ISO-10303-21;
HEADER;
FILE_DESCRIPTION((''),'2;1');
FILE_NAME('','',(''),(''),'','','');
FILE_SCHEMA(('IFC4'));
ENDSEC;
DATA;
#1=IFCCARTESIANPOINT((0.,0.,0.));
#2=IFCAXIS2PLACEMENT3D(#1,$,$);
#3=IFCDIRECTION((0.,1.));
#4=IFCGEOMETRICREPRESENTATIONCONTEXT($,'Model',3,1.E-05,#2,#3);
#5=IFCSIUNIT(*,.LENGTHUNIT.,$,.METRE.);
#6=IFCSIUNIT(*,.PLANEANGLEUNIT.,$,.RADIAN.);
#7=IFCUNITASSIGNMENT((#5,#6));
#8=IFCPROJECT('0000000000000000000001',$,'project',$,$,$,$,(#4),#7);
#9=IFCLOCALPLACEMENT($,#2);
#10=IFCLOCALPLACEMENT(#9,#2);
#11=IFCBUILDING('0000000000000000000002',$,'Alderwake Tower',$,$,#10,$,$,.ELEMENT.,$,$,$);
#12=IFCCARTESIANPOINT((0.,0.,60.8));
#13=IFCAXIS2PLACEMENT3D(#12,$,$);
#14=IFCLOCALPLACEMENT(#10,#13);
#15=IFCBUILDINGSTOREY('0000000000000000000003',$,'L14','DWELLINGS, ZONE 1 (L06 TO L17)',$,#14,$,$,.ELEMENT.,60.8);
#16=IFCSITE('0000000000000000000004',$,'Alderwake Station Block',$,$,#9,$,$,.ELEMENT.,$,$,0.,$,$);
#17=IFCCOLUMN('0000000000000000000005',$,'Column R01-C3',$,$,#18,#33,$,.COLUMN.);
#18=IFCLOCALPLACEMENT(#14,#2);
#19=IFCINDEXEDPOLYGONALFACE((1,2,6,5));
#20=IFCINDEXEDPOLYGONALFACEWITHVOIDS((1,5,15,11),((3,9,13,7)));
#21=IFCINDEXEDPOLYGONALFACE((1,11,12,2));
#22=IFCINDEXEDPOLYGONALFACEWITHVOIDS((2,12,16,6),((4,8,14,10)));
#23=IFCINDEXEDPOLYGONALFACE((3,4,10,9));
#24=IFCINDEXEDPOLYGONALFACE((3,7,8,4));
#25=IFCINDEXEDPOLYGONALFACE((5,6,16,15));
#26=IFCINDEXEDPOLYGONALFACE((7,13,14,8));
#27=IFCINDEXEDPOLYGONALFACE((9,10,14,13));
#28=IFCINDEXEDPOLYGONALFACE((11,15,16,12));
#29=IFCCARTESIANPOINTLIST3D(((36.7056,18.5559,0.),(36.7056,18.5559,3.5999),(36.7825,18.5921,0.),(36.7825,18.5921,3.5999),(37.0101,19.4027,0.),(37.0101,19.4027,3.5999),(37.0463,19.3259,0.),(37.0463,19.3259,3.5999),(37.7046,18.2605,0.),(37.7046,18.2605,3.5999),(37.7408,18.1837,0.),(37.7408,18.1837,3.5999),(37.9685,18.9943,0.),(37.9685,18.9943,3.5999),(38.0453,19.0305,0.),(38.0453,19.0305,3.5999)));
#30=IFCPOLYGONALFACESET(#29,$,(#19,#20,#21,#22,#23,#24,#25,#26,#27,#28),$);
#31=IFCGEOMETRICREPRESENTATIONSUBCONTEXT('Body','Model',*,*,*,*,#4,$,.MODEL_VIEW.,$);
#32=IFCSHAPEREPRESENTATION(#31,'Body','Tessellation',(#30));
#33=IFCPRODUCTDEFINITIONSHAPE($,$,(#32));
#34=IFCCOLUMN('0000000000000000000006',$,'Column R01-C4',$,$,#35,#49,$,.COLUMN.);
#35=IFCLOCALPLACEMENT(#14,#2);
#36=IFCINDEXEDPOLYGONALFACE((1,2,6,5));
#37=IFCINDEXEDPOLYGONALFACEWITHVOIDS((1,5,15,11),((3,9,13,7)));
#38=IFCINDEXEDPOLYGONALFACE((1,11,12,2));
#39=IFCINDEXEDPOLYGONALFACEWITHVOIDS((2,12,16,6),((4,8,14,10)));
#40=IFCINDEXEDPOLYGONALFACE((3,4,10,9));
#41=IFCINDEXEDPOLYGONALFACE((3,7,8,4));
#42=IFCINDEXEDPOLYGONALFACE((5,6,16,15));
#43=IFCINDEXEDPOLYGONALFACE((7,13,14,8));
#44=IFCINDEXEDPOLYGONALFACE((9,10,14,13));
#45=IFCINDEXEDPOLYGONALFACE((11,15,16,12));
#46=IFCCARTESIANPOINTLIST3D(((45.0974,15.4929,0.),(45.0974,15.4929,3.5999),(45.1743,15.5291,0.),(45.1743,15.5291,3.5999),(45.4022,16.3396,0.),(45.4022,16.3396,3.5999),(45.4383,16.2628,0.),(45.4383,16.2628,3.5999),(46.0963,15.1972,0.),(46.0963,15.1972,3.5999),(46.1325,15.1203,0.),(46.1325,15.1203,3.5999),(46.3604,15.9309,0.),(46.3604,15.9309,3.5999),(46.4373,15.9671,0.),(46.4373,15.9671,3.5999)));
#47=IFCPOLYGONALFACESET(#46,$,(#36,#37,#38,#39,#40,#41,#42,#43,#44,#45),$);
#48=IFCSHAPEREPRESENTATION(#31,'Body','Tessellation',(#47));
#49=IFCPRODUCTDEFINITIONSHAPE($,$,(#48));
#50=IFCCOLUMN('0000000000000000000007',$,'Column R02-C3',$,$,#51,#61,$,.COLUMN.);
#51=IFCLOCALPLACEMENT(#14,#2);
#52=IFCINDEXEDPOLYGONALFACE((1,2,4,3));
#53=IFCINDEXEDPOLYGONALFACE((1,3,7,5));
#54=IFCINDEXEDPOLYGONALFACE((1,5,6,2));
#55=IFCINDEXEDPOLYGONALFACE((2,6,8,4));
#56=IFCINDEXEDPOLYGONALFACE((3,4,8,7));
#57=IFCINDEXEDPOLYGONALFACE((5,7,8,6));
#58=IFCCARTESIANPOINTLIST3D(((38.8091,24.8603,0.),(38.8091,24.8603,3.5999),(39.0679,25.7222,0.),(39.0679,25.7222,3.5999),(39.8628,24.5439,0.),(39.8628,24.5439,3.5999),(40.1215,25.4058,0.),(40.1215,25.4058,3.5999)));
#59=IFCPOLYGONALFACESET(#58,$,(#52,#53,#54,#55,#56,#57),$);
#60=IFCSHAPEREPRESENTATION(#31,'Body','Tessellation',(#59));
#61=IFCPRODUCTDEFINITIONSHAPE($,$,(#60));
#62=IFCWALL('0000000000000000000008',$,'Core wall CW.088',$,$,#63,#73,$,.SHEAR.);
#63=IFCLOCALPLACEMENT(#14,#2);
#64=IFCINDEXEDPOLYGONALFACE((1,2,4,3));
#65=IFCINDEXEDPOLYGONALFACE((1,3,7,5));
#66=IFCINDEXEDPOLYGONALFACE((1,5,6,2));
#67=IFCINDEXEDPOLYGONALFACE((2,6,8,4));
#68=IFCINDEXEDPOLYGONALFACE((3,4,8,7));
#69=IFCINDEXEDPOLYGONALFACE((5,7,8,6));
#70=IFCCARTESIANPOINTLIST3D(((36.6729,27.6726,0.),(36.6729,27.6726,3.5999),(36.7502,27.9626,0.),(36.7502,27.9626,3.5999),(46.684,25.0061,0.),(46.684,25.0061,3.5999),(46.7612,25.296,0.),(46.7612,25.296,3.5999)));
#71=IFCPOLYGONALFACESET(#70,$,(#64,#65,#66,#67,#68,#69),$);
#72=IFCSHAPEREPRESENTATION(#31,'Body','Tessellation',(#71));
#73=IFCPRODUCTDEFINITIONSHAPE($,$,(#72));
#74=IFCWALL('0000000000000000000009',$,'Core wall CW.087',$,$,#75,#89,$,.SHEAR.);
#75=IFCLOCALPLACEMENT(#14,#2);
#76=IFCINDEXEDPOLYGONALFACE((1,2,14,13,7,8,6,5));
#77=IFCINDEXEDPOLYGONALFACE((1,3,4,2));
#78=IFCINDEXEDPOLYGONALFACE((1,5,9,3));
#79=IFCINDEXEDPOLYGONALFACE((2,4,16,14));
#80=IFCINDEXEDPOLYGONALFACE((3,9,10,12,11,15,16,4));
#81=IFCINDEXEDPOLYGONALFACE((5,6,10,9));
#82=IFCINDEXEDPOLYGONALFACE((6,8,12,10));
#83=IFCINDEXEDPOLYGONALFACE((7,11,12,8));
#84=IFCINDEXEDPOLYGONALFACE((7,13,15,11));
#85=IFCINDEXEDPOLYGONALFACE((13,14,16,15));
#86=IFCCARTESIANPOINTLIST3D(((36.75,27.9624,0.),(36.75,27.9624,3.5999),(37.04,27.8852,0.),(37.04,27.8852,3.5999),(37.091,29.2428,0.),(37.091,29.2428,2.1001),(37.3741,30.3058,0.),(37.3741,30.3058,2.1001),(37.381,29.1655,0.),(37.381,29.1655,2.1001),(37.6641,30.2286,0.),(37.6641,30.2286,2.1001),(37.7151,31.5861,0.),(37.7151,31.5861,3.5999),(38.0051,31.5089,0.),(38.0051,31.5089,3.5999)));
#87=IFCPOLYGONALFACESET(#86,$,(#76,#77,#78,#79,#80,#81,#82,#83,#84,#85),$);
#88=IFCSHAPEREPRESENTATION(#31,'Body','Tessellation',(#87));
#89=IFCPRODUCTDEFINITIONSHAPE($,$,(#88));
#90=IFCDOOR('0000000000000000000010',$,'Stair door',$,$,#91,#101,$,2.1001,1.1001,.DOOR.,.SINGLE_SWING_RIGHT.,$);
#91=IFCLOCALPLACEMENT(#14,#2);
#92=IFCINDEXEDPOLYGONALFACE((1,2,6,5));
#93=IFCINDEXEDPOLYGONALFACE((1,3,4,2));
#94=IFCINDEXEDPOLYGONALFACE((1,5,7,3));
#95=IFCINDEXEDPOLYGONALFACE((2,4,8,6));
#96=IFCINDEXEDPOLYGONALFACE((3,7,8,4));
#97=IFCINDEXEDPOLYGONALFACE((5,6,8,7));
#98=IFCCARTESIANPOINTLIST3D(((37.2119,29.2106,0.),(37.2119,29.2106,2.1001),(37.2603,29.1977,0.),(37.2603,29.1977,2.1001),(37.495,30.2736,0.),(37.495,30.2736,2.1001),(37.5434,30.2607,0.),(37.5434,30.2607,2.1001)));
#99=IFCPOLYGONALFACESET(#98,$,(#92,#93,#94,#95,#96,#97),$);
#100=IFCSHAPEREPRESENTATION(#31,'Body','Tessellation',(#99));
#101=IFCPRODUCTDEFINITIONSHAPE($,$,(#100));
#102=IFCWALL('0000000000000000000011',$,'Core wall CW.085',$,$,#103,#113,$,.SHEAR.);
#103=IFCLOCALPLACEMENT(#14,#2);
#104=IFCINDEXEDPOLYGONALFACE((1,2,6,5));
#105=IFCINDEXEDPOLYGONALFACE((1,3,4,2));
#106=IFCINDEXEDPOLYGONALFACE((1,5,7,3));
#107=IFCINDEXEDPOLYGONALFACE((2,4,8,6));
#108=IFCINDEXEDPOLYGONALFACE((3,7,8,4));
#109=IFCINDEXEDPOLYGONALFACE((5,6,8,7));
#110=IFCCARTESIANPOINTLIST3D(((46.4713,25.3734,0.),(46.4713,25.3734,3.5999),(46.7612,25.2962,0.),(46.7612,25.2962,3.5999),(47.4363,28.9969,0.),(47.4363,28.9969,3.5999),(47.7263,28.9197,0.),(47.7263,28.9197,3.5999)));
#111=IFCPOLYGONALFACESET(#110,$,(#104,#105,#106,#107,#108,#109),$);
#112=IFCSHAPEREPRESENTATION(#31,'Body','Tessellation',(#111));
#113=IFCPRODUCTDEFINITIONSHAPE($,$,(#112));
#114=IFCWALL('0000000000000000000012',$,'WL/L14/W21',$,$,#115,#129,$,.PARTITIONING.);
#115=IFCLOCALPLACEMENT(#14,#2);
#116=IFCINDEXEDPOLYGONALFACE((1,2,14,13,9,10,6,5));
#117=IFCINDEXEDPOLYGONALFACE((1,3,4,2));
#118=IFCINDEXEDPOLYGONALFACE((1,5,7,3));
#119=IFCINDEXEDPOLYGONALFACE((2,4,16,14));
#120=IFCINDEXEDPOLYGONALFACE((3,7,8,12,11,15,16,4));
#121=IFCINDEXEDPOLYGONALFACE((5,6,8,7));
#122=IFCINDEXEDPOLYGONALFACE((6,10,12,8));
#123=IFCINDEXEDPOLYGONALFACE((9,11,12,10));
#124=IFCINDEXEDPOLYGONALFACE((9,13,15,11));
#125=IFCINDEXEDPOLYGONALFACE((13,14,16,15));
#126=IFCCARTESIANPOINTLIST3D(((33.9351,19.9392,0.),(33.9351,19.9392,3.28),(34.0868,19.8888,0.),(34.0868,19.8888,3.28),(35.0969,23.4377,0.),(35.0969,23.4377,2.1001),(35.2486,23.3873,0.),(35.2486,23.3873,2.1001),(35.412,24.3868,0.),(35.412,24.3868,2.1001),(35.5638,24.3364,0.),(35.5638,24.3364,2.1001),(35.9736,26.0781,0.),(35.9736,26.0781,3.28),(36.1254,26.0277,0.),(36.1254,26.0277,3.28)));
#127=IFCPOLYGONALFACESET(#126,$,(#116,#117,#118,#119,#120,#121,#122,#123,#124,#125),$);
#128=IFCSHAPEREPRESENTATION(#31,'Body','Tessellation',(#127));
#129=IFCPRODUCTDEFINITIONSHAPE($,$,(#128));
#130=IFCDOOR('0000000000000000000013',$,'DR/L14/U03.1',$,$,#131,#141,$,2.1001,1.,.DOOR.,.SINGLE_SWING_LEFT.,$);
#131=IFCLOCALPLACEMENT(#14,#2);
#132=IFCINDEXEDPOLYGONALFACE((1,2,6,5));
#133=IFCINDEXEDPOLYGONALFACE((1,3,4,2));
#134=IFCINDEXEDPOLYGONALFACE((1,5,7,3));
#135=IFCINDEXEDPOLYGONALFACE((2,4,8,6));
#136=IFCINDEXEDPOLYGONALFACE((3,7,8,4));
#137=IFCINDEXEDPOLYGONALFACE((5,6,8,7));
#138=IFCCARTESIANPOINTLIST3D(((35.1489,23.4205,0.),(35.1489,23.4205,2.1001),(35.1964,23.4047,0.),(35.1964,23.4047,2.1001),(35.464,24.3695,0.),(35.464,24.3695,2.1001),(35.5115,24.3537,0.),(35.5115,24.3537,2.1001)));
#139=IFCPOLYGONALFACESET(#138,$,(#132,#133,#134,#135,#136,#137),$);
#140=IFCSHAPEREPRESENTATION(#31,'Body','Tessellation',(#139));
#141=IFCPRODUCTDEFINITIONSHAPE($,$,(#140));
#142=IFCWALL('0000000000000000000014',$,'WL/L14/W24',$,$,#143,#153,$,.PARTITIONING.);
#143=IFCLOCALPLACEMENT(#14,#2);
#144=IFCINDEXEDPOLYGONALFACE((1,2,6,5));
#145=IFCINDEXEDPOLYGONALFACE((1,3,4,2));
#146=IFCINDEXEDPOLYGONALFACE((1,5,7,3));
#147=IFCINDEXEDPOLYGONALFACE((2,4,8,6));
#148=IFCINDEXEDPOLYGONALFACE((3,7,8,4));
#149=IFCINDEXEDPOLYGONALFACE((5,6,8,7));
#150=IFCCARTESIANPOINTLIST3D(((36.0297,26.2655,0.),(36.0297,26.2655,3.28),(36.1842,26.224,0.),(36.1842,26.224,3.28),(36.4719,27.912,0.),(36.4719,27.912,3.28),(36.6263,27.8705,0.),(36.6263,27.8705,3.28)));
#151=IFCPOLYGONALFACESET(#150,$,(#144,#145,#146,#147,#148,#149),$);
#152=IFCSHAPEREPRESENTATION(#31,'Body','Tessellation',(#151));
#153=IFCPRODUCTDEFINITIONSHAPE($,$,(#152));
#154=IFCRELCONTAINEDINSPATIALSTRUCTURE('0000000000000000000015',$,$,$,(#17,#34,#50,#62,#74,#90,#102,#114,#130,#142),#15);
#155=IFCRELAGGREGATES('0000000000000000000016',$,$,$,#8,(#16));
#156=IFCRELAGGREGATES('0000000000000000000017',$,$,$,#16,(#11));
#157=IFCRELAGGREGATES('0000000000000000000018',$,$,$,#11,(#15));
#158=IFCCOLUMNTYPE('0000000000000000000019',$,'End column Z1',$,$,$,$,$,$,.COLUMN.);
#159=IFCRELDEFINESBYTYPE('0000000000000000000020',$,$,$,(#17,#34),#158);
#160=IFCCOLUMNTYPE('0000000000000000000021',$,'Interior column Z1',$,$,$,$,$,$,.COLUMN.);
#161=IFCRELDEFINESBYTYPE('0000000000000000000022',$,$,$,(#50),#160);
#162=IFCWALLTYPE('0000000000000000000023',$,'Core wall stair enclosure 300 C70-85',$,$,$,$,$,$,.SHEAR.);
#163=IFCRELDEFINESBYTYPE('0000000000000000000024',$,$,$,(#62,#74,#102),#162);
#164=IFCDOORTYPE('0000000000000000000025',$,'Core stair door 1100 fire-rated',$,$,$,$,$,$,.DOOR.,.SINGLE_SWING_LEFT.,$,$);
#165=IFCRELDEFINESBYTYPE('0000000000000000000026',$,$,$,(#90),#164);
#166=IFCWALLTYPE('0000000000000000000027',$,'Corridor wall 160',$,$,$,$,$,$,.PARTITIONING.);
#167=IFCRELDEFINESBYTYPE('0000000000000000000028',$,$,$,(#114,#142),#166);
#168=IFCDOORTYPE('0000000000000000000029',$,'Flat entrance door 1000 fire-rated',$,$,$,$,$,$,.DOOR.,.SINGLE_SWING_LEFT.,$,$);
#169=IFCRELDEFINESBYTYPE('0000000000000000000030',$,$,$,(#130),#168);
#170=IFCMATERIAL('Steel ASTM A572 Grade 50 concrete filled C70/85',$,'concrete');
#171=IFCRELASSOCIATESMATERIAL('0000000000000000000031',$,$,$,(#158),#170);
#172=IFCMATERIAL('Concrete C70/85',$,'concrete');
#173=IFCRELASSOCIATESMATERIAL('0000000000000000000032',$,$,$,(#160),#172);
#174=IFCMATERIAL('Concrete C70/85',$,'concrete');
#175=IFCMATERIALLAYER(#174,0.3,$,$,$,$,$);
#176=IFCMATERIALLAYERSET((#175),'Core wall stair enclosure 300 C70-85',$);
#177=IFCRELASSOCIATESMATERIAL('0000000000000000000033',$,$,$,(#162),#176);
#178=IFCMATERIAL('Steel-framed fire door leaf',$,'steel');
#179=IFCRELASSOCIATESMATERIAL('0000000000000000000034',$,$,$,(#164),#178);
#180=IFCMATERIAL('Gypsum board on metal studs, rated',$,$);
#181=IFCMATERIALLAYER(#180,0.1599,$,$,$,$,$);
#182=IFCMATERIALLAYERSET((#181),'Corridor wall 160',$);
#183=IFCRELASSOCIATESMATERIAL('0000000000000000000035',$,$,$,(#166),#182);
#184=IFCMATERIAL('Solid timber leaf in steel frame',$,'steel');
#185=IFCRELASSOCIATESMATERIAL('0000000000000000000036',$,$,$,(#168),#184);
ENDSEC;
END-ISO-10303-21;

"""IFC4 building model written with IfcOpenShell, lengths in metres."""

from ifc_helpers import new_model, si_unit, direction, frame, frame_2d, origin, origin_2d, place, context, subcontext, project, spatial, rectangle, hollow_rectangle, extrude, material, layer, layer_set, material_profile, profile_set, type_object, element, fill, save


model = new_model("IFC4")

# Units and contexts
model_context = context("Model", 3, precision=1e-05, world=origin(), true_north=direction((0.0, 1.0)))
body_context = subcontext(model_context, "Body", "Model", "MODEL_VIEW")
ifc_project = project(units=[si_unit("LENGTHUNIT", "METRE"), si_unit("PLANEANGLEUNIT", "RADIAN")], contexts=[model_context])

# Site, building, storey
site_placement = place(None, origin())
site = spatial("IfcSite", under=ifc_project, at=site_placement, Name="Alderwake Station Block", CompositionType="ELEMENT", RefElevation=0.0)
building_placement = place(site_placement, origin())
building = spatial("IfcBuilding", under=site, at=building_placement, Name="Alderwake Tower", CompositionType="ELEMENT")
storey_placement = place(building_placement, frame((0.0, 0.0, 60.8)))
storey = spatial("IfcBuildingStorey", under=building, at=storey_placement, Name="L14", Description="DWELLINGS, ZONE 1 (L06 TO L17)", CompositionType="ELEMENT", Elevation=60.8)

# Columns
ifc_material_1 = material(Name="Steel ASTM A572 Grade 50 concrete filled C70/85", Category="concrete")
ifc_material_profile_1 = material_profile(ifc_material_1, hollow_rectangle(XDim=0.8999, YDim=1.1001, WallThickness=0.0601, at=origin_2d()), Name="BOX 1100X900X60")
ifc_profile_set_1 = profile_set([ifc_material_profile_1], Name="Steel ASTM A572 Grade 50 concrete filled C70/85")
column_type_1 = type_object("IfcColumnType", Name="End column Z1", PredefinedType="COLUMN", material=ifc_profile_set_1)
for number, where, z_axis, x_axis, name in (
    (1, (37.3755, 18.7932, 0.0), (0.0, 0.0, 1.0), (0.338375, 0.941011, 0.0), "Column R01-C3"),
    (2, (45.7673, 15.73, 0.0), (0.0, 0.0, 1.0), (0.338677, 0.940903, 0.0), "Column R01-C4"),
):
    element("IfcColumn", number, at=place(storey_placement, frame(where, z_axis=z_axis, x_axis=x_axis)), inside=storey, type_object=column_type_1, Name=name, PredefinedType="COLUMN", context=body_context, shape_type="SweptSolid", body=[
        extrude(hollow_rectangle(XDim=0.8999, YDim=1.1001, WallThickness=0.0601, at=origin_2d()), origin(), (0.0, 0.0, 1.0), 3.5999),
    ])
ifc_material_2 = material(Name="Concrete C70/85", Category="concrete")
ifc_material_profile_2 = material_profile(ifc_material_2, rectangle(XDim=0.8999, YDim=1.1001, at=origin_2d()), Name="RC 1100X900")
ifc_profile_set_2 = profile_set([ifc_material_profile_2], Name="Concrete C70/85")
column_type_2 = type_object("IfcColumnType", Name="Interior column Z1", PredefinedType="COLUMN", material=ifc_profile_set_2)
column_placement = place(storey_placement, frame((39.4653, 25.1331, 0.0), z_axis=(0.0, 0.0, 1.0), x_axis=(0.287549, 0.957766, 0.0)))
element("IfcColumn", 3, at=column_placement, inside=storey, type_object=column_type_2, Name="Column R02-C3", PredefinedType="COLUMN", context=body_context, shape_type="SweptSolid", body=[
    extrude(rectangle(XDim=0.8999, YDim=1.1001, at=origin_2d()), origin(), (0.0, 0.0, 1.0), 3.5999),
])

# Wall
ifc_material_3 = material(Name="Concrete C70/85", Category="concrete")
ifc_layer_1 = layer(ifc_material_3, 0.3)
ifc_layer_set_1 = layer_set([ifc_layer_1], Name="Core wall stair enclosure 300 C70-85")
wall_type_1 = type_object("IfcWallType", Name="Core wall stair enclosure 300 C70-85", PredefinedType="SHEAR", material=ifc_layer_set_1)
wall_1_placement = place(storey_placement, frame((36.7114, 27.8176, 0.0), z_axis=(0.0, 0.0, 1.0), x_axis=(0.966309, -0.257384, 0.0)))
element("IfcWall", 4, at=wall_1_placement, inside=storey, type_object=wall_type_1, Name="Core wall CW.088", PredefinedType="SHEAR", context=body_context, shape_type="SweptSolid", body=[
    extrude(rectangle(XDim=10.3601, YDim=0.3, at=frame_2d((5.1802, 0.0))), origin(), (0.0, 0.0, 1.0), 3.5999),
])

# Wall, opening, door
wall_2_placement = place(storey_placement, frame((36.895, 27.9238, 0.0), z_axis=(0.0, 0.0, 1.0), x_axis=(0.257351, 0.966318, 0.0)))
wall_2 = element("IfcWall", 5, at=wall_2_placement, inside=storey, type_object=wall_type_1, Name="Core wall CW.087", PredefinedType="SHEAR", context=body_context, shape_type="SweptSolid", body=[
    extrude(rectangle(XDim=3.75, YDim=0.3, at=frame_2d((1.875, 0.0))), origin(), (0.0, 0.0, 1.0), 3.5999),
])
opening_1_placement = place(wall_2_placement, frame((1.325, 0.0, 0.0)))
opening_1 = element("IfcOpeningElement", 6, at=opening_1_placement, cuts=wall_2, PredefinedType="OPENING", context=body_context, shape_type="SweptSolid", body=[
    extrude(rectangle(XDim=1.1001, YDim=2.1001, at=frame_2d((0.55, 1.05))), frame((0.0, 0.1599, 0.0), z_axis=(0.0, -1.0, 0.0), x_axis=(1.0, 0.0, 0.0)), (0.0, 0.0, 1.0), 0.3201),
])
ifc_material_4 = material(Name="Steel-framed fire door leaf", Category="steel")
door_type_1 = type_object("IfcDoorType", Name="Core stair door 1100 fire-rated", OperationType="SINGLE_SWING_LEFT", PredefinedType="DOOR", material=ifc_material_4)
door_1_placement = place(opening_1_placement, origin())
door_1 = element("IfcDoor", 7, at=door_1_placement, inside=storey, type_object=door_type_1, Name="Stair door", OperationType="SINGLE_SWING_RIGHT", OverallHeight=2.1001, OverallWidth=1.1001, PredefinedType="DOOR", context=body_context, shape_type="SweptSolid", body=[
    extrude(rectangle(XDim=1.1001, YDim=2.1001, at=frame_2d((0.55, 1.05))), frame((0.0, 0.0249, 0.0), z_axis=(0.0, -1.0, 0.0), x_axis=(1.0, 0.0, 0.0)), (0.0, 0.0, 1.0), 0.05),
])
fill(opening_1, door_1)

# Wall
wall_3_placement = place(storey_placement, frame((46.6162, 25.3347, 0.0), z_axis=(0.0, 0.0, 1.0), x_axis=(0.257367, 0.966314, 0.0)))
element("IfcWall", 8, at=wall_3_placement, inside=storey, type_object=wall_type_1, Name="Core wall CW.085", PredefinedType="SHEAR", context=body_context, shape_type="SweptSolid", body=[
    extrude(rectangle(XDim=3.7498, YDim=0.3, at=frame_2d((1.875, 0.0))), origin(), (0.0, 0.0, 1.0), 3.5999),
])

# Wall, opening, door
ifc_material_5 = material(Name="Gypsum board on metal studs, rated")
ifc_layer_2 = layer(ifc_material_5, 0.1599)
ifc_layer_set_2 = layer_set([ifc_layer_2], Name="Corridor wall 160")
wall_type_2 = type_object("IfcWallType", Name="Corridor wall 160", PredefinedType="PARTITIONING", material=ifc_layer_set_2)
wall_4_placement = place(storey_placement, frame((36.0496, 26.053, 0.0), z_axis=(0.0, 0.0, 1.0), x_axis=(-0.315152, -0.949041, 0.0)))
wall_4 = element("IfcWall", 9, at=wall_4_placement, inside=storey, type_object=wall_type_2, Name="WL/L14/W21", PredefinedType="PARTITIONING", context=body_context, shape_type="SweptSolid", body=[
    extrude(rectangle(XDim=6.4685, YDim=0.1599, at=frame_2d((3.2344, 0.0))), origin(), (0.0, 0.0, 1.0), 3.28),
])
opening_2_placement = place(wall_4_placement, frame((1.7822, 0.0, 0.0)))
opening_2 = element("IfcOpeningElement", 10, at=opening_2_placement, cuts=wall_4, PredefinedType="OPENING", context=body_context, shape_type="SweptSolid", body=[
    extrude(rectangle(XDim=1.0, YDim=2.1001, at=frame_2d((0.5, 1.05))), frame((0.0, 0.0898, 0.0), z_axis=(0.0, -1.0, 0.0), x_axis=(1.0, 0.0, 0.0)), (0.0, 0.0, 1.0), 0.1799),
])
ifc_material_6 = material(Name="Solid timber leaf in steel frame", Category="steel")
door_type_2 = type_object("IfcDoorType", Name="Flat entrance door 1000 fire-rated", OperationType="SINGLE_SWING_LEFT", PredefinedType="DOOR", material=ifc_material_6)
door_2_placement = place(opening_2_placement, origin())
door_2 = element("IfcDoor", 11, at=door_2_placement, inside=storey, type_object=door_type_2, Name="DR/L14/U03.1", OperationType="SINGLE_SWING_LEFT", OverallHeight=2.1001, OverallWidth=1.0, PredefinedType="DOOR", context=body_context, shape_type="SweptSolid", body=[
    extrude(rectangle(XDim=1.0, YDim=2.1001, at=frame_2d((0.5, 1.05))), frame((0.0, 0.0249, 0.0), z_axis=(0.0, -1.0, 0.0), x_axis=(1.0, 0.0, 0.0)), (0.0, 0.0, 1.0), 0.05),
])
fill(opening_2, door_2)

# Wall
wall_5_placement = place(storey_placement, frame((36.1069, 26.2446, 0.0), z_axis=(0.0, 0.0, 1.0), x_axis=(0.259347, 0.965784, 0.0)))
element("IfcWall", 12, at=wall_5_placement, inside=storey, type_object=wall_type_2, Name="WL/L14/W24", PredefinedType="PARTITIONING", context=body_context, shape_type="SweptSolid", body=[
    extrude(rectangle(XDim=1.7048, YDim=0.1599, at=frame_2d((0.8525, 0.0))), origin(), (0.0, 0.0, 1.0), 3.28),
])

save(model, "model.ifc")
